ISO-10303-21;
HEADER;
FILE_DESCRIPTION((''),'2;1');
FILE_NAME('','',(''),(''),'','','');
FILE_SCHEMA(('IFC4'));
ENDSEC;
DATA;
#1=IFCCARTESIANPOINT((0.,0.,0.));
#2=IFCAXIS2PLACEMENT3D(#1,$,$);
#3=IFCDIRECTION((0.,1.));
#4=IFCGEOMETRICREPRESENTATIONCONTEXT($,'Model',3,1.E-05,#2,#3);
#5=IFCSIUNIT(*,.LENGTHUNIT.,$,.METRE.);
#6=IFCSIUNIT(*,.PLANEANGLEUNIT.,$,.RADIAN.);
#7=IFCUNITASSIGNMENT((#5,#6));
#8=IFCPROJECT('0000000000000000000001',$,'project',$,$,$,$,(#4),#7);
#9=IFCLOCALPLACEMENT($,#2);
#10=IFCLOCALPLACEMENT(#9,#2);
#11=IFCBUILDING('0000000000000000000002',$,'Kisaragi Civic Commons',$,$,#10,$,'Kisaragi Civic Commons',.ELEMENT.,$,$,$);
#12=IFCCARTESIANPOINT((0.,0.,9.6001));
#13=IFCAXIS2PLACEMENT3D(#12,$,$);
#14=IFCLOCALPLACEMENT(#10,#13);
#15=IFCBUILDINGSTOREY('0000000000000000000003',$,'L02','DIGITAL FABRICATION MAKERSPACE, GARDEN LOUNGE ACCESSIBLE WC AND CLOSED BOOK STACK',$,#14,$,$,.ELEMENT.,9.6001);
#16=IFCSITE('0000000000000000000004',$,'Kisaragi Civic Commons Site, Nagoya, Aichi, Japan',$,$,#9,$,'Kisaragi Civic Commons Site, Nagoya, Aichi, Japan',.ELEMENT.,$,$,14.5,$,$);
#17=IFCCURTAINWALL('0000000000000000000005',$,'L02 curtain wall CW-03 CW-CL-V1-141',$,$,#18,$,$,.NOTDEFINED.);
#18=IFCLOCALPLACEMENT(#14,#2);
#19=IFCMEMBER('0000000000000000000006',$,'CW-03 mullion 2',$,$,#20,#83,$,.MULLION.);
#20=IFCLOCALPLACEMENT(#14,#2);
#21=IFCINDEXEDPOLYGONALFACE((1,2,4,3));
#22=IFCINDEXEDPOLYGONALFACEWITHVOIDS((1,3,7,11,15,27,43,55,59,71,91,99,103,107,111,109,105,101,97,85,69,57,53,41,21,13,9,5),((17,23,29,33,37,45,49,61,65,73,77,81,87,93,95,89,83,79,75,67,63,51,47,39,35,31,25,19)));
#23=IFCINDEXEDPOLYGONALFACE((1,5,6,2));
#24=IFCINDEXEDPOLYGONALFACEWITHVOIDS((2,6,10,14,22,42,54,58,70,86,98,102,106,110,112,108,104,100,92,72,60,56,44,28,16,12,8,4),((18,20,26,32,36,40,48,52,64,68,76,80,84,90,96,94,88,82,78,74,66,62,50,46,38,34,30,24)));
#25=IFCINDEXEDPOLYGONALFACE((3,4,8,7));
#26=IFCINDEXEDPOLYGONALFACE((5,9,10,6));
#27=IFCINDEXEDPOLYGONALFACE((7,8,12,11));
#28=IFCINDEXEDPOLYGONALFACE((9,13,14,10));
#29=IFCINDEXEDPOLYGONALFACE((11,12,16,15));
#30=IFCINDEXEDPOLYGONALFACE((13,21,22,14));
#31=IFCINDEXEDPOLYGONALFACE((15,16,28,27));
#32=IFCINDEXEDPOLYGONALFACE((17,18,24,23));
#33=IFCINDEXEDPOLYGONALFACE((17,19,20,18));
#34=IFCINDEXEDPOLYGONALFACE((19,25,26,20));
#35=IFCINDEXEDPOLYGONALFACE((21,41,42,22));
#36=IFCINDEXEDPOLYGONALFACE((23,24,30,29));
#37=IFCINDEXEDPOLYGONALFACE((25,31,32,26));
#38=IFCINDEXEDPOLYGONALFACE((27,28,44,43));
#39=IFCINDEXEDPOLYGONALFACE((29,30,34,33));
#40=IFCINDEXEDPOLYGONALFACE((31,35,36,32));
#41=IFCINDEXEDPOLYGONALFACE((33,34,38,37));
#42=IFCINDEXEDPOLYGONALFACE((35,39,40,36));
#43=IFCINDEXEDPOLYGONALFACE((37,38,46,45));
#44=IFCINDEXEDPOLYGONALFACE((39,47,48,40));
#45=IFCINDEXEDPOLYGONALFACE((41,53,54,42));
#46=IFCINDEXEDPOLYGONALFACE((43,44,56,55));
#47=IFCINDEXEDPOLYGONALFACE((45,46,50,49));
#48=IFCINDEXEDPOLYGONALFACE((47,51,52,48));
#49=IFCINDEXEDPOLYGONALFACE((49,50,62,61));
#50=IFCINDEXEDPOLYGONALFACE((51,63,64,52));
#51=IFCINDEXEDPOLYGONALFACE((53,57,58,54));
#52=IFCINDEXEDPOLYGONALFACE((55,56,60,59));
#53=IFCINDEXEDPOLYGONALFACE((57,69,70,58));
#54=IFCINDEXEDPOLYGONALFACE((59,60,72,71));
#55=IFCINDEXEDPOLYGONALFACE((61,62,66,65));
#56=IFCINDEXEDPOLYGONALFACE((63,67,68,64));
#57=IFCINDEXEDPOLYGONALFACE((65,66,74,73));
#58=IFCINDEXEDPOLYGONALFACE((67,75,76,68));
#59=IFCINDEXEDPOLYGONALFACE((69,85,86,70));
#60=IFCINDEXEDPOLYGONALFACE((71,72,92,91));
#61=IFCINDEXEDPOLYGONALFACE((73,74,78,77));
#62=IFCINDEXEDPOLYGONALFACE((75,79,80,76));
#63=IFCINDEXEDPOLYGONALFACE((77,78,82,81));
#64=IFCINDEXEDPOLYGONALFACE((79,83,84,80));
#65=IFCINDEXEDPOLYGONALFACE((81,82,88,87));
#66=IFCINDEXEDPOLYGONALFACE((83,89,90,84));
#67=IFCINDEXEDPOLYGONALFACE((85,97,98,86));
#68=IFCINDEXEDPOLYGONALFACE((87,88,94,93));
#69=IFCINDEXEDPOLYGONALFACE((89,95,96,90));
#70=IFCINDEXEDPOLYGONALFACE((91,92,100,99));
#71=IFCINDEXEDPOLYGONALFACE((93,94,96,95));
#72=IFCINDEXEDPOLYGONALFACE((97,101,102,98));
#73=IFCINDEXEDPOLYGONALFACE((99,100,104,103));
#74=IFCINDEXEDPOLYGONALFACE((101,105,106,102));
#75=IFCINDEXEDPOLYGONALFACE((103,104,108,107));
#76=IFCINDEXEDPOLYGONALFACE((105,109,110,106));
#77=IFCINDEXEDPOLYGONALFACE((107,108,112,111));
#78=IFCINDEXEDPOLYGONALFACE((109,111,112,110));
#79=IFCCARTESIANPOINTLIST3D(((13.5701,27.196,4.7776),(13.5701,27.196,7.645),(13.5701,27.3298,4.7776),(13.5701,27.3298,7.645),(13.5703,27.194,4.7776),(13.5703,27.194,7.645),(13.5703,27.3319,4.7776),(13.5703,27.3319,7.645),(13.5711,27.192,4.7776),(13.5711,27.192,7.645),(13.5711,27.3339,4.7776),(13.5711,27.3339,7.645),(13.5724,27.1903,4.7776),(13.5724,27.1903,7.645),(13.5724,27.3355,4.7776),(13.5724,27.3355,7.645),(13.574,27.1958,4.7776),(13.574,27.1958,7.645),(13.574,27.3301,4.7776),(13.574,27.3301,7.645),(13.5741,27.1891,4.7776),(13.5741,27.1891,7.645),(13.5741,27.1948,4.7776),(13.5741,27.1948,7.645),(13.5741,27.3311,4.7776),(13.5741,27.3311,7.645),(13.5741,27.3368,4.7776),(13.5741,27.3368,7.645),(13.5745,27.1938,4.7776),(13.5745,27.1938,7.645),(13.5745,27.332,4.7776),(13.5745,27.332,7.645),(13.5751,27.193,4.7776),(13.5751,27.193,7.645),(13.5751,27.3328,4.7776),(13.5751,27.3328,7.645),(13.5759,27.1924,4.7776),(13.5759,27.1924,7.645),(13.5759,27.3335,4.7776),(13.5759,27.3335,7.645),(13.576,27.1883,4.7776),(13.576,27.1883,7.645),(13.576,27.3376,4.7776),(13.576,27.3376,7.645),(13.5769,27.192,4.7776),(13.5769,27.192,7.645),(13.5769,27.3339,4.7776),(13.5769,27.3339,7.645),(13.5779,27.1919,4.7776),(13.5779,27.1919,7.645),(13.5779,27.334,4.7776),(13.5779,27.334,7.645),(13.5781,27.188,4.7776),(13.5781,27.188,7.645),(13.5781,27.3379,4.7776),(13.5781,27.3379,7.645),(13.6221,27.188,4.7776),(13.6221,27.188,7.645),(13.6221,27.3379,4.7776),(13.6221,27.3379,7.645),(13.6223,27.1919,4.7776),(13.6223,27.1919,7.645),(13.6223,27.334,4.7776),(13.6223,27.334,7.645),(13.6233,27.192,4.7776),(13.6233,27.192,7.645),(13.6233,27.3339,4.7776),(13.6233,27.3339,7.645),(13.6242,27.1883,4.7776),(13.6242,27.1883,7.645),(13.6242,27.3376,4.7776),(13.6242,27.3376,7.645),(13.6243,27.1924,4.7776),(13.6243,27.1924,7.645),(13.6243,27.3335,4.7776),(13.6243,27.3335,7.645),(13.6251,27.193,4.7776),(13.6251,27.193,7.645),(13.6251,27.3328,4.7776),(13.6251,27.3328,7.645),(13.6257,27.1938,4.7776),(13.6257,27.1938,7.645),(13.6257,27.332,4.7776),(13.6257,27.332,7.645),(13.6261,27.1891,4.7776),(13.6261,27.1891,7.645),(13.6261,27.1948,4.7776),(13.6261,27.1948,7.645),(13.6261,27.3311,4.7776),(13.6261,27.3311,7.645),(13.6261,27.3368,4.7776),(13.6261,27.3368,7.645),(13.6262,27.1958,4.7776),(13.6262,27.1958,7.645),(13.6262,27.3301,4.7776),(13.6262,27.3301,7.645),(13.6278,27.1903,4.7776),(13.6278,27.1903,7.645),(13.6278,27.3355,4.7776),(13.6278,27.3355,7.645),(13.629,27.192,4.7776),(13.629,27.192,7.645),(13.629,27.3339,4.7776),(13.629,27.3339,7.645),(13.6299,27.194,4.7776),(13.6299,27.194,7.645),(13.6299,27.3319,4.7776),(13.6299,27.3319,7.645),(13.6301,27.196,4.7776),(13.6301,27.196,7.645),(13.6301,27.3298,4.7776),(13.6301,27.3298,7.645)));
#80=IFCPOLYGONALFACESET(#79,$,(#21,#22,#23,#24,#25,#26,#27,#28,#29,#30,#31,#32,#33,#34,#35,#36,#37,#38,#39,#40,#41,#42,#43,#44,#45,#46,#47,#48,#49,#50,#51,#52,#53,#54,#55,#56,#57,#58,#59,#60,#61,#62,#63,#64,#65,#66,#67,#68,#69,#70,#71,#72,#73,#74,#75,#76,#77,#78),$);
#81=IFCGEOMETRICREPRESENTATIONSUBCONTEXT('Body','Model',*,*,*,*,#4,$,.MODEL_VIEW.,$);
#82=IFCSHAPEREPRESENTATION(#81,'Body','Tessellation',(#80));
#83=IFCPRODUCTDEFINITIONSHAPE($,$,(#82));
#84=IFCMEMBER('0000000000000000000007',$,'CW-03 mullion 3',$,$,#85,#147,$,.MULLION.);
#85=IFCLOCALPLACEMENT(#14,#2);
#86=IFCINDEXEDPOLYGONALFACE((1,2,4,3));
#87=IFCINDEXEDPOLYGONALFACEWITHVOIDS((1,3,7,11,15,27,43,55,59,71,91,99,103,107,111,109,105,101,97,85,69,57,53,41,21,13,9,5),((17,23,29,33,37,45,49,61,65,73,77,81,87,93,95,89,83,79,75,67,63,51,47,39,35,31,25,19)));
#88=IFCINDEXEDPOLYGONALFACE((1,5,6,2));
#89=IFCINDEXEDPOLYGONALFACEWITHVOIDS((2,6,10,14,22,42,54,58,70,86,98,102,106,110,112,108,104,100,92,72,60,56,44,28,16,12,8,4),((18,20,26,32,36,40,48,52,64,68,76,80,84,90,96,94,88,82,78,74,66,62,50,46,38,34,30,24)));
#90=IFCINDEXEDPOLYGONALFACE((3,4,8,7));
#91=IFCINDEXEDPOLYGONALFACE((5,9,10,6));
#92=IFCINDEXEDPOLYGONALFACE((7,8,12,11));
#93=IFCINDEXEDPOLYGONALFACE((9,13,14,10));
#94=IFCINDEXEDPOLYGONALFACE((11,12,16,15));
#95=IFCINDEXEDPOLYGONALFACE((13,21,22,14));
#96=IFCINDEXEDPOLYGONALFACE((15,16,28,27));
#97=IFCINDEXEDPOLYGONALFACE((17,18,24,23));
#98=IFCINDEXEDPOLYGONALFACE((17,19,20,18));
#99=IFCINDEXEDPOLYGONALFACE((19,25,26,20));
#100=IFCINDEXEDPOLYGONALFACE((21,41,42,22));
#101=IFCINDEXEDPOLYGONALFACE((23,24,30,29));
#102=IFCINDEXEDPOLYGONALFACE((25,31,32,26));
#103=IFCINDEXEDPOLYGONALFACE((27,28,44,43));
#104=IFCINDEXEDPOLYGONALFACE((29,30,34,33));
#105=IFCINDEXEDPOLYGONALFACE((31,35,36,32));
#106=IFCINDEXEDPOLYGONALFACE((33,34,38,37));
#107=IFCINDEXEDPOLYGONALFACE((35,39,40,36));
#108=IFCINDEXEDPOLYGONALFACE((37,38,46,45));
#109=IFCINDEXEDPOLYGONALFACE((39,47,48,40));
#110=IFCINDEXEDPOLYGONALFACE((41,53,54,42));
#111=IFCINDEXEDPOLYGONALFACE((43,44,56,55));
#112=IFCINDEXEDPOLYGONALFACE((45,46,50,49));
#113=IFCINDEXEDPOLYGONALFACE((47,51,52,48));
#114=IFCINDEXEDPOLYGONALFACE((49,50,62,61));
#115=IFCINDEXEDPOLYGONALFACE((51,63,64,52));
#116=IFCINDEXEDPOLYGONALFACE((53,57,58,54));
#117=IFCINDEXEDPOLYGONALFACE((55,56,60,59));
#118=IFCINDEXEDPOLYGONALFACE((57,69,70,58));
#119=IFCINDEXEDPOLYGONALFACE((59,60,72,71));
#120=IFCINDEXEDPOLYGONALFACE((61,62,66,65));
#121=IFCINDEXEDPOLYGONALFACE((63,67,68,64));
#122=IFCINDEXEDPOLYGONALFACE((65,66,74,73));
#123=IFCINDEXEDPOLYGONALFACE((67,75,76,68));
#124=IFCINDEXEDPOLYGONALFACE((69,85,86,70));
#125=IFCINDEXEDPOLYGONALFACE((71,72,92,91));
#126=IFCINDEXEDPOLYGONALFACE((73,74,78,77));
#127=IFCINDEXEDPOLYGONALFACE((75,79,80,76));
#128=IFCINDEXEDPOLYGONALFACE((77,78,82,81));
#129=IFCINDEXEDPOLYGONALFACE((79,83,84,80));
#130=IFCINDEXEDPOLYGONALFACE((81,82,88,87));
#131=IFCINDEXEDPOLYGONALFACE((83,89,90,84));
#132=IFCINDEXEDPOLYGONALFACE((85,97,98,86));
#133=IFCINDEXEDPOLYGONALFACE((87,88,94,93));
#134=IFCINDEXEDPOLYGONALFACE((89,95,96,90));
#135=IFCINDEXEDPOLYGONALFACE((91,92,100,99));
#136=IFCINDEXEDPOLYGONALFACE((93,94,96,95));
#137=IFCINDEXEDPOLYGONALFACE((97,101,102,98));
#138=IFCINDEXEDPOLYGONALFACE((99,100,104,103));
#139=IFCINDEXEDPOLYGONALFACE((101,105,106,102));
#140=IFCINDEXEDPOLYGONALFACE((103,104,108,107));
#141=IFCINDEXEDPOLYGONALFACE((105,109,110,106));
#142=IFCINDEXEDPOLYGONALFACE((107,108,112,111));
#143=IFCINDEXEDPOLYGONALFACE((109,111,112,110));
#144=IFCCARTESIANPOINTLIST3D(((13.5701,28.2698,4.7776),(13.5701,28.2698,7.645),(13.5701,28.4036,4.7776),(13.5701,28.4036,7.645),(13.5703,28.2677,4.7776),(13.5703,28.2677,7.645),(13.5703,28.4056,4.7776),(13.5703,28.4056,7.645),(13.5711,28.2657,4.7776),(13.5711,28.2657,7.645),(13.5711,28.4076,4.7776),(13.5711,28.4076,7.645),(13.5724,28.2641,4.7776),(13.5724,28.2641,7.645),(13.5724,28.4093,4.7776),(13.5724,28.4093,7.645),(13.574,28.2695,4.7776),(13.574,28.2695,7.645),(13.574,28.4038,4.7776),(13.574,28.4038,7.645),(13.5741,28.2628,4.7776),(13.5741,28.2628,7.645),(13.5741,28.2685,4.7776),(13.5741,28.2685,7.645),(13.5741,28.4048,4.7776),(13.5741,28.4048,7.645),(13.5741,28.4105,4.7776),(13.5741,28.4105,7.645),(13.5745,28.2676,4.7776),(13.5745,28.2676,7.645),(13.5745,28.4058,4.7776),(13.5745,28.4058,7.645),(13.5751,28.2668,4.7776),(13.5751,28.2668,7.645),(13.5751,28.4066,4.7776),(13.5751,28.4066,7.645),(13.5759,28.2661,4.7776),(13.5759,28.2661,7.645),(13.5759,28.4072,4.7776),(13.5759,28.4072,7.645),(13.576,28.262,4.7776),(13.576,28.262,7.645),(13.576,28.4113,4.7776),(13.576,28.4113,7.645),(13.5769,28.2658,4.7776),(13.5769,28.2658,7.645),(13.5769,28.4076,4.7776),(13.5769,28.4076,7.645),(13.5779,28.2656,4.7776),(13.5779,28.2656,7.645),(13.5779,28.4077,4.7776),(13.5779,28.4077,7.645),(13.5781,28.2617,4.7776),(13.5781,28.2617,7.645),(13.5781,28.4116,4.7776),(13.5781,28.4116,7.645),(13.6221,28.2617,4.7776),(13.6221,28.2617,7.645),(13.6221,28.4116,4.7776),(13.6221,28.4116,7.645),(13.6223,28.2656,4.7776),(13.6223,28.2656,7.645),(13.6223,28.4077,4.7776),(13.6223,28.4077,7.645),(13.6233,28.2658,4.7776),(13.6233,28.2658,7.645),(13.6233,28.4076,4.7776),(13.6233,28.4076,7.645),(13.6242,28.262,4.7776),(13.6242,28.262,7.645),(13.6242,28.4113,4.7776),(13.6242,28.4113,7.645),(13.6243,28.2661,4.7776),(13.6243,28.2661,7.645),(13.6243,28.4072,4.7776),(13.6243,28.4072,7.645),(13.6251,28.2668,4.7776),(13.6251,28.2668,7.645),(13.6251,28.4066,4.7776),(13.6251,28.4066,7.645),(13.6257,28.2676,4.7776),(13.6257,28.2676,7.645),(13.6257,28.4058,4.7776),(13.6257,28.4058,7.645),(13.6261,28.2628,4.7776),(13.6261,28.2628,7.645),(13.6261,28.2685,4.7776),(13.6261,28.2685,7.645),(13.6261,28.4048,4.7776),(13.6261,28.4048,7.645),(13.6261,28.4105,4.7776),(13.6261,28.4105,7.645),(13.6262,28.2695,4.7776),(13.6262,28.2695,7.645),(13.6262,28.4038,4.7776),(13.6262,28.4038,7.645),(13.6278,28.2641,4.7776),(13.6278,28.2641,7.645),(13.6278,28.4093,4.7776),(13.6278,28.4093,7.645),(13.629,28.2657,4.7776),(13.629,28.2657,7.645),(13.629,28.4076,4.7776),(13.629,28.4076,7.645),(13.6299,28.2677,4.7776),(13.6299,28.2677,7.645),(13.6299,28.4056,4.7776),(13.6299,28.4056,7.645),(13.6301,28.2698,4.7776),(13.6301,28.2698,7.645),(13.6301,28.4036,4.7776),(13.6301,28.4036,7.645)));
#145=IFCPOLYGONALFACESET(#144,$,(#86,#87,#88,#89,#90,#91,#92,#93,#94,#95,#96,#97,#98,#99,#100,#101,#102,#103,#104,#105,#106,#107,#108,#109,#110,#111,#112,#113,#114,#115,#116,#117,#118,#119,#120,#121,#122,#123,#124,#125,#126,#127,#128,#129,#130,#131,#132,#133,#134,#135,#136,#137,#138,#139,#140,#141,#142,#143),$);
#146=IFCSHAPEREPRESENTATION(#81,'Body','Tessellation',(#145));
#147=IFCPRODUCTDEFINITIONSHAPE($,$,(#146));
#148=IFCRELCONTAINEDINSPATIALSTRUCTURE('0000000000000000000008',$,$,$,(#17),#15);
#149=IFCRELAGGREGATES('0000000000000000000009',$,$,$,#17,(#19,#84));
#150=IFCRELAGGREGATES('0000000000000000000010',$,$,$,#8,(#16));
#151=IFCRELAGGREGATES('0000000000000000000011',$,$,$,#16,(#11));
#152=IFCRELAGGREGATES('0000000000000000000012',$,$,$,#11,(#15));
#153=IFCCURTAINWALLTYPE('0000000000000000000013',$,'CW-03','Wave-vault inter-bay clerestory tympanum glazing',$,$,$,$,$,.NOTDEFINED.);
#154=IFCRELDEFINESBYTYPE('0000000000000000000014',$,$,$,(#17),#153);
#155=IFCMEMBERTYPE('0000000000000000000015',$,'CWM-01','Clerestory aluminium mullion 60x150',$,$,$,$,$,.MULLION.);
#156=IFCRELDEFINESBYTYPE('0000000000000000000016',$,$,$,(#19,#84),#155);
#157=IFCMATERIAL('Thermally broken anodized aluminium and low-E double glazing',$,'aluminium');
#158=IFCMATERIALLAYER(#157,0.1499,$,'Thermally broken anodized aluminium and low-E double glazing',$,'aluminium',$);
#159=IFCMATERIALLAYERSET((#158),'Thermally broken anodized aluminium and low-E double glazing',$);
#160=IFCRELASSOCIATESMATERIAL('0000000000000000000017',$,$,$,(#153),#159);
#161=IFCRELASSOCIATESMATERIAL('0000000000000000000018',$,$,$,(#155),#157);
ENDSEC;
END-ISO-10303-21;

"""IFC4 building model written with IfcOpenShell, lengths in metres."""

from ifc_helpers import new_model, si_unit, direction, frame, origin, origin_2d, place, context, subcontext, project, spatial, hollow_rectangle, extrude, material, layer, layer_set, material_profile, profile_set, type_object, element, aggregate, save


model = new_model("IFC4")

# Units and contexts
model_context = context("Model", 3, precision=1e-05, world=origin(), true_north=direction((0.0, 1.0)))
body_context = subcontext(model_context, "Body", "Model", "MODEL_VIEW")
ifc_project = project(units=[si_unit("LENGTHUNIT", "METRE"), si_unit("PLANEANGLEUNIT", "RADIAN")], contexts=[model_context])

# Site, building, storey
site_placement = place(None, origin())
site = spatial("IfcSite", under=ifc_project, at=site_placement, Name="Kisaragi Civic Commons Site, Nagoya, Aichi, Japan", LongName="Kisaragi Civic Commons Site, Nagoya, Aichi, Japan", CompositionType="ELEMENT", RefElevation=14.5)
building_placement = place(site_placement, origin())
building = spatial("IfcBuilding", under=site, at=building_placement, Name="Kisaragi Civic Commons", LongName="Kisaragi Civic Commons", CompositionType="ELEMENT")
storey_placement = place(building_placement, frame((0.0, 0.0, 9.6001)))
storey = spatial("IfcBuildingStorey", under=building, at=storey_placement, Name="L02", Description="DIGITAL FABRICATION MAKERSPACE, GARDEN LOUNGE ACCESSIBLE WC AND CLOSED BOOK STACK", CompositionType="ELEMENT", Elevation=9.6001)

# Shared definitions
ifc_material_1 = material(Name="Thermally broken anodized aluminium and low-E double glazing", Category="aluminium")
ifc_layer_1 = layer(ifc_material_1, 0.1499, Name="Thermally broken anodized aluminium and low-E double glazing", Category="aluminium")
ifc_layer_set_1 = layer_set([ifc_layer_1], Name="Thermally broken anodized aluminium and low-E double glazing")
curtain_wall_type = type_object("IfcCurtainWallType", Name="CW-03", Description="Wave-vault inter-bay clerestory tympanum glazing", PredefinedType="NOTDEFINED", material=ifc_layer_set_1)
ifc_material_profile_1 = material_profile(ifc_material_1, hollow_rectangle(XDim=0.0601, YDim=0.1499, WallThickness=0.0039, InnerFilletRadius=0.0039, OuterFilletRadius=0.0081, at=origin_2d()), Name="CWM-60x150x4", Category="aluminium")
ifc_profile_set_1 = profile_set([ifc_material_profile_1], Name="Thermally broken anodized aluminium and low-E double glazing")
member_type_1 = type_object("IfcMemberType", Name="CWM-01", Description="Clerestory aluminium mullion 60x150", PredefinedType="MULLION", material=ifc_profile_set_1)

# Curtain wall, members
curtain_wall_1_placement = place(storey_placement, origin())
curtain_wall_1 = element("IfcCurtainWall", 1, at=curtain_wall_1_placement, inside=storey, type_object=curtain_wall_type, Name="L02 curtain wall CW-03 CW-CL-V1-141", PredefinedType="NOTDEFINED")
member_1_placement = place(storey_placement, frame((13.6001, 27.2629, 4.7776), z_axis=(0.0, 0.0, 1.0), x_axis=(-1.0, 0.0, 0.0)))
member_1 = element("IfcMember", 2, at=member_1_placement, type_object=member_type_1, Name="CW-03 mullion 2", PredefinedType="MULLION", context=body_context, shape_type="SweptSolid", body=[
    extrude(hollow_rectangle(XDim=0.0601, YDim=0.1499, WallThickness=0.0039, InnerFilletRadius=0.0039, OuterFilletRadius=0.0081, at=origin_2d()), origin(), (0.0, 0.0, 1.0), 2.8674),
])
member_2_placement = place(storey_placement, frame((13.6001, 28.3367, 4.7776), z_axis=(0.0, 0.0, 1.0), x_axis=(-1.0, 0.0, 0.0)))
member_2 = element("IfcMember", 3, at=member_2_placement, type_object=member_type_1, Name="CW-03 mullion 3", PredefinedType="MULLION", context=body_context, shape_type="SweptSolid", body=[
    extrude(hollow_rectangle(XDim=0.0601, YDim=0.1499, WallThickness=0.0039, InnerFilletRadius=0.0039, OuterFilletRadius=0.0081, at=origin_2d()), origin(), (0.0, 0.0, 1.0), 2.8674),
])

aggregate(curtain_wall_1, [member_1, member_2])

save(model, "model.ifc")
